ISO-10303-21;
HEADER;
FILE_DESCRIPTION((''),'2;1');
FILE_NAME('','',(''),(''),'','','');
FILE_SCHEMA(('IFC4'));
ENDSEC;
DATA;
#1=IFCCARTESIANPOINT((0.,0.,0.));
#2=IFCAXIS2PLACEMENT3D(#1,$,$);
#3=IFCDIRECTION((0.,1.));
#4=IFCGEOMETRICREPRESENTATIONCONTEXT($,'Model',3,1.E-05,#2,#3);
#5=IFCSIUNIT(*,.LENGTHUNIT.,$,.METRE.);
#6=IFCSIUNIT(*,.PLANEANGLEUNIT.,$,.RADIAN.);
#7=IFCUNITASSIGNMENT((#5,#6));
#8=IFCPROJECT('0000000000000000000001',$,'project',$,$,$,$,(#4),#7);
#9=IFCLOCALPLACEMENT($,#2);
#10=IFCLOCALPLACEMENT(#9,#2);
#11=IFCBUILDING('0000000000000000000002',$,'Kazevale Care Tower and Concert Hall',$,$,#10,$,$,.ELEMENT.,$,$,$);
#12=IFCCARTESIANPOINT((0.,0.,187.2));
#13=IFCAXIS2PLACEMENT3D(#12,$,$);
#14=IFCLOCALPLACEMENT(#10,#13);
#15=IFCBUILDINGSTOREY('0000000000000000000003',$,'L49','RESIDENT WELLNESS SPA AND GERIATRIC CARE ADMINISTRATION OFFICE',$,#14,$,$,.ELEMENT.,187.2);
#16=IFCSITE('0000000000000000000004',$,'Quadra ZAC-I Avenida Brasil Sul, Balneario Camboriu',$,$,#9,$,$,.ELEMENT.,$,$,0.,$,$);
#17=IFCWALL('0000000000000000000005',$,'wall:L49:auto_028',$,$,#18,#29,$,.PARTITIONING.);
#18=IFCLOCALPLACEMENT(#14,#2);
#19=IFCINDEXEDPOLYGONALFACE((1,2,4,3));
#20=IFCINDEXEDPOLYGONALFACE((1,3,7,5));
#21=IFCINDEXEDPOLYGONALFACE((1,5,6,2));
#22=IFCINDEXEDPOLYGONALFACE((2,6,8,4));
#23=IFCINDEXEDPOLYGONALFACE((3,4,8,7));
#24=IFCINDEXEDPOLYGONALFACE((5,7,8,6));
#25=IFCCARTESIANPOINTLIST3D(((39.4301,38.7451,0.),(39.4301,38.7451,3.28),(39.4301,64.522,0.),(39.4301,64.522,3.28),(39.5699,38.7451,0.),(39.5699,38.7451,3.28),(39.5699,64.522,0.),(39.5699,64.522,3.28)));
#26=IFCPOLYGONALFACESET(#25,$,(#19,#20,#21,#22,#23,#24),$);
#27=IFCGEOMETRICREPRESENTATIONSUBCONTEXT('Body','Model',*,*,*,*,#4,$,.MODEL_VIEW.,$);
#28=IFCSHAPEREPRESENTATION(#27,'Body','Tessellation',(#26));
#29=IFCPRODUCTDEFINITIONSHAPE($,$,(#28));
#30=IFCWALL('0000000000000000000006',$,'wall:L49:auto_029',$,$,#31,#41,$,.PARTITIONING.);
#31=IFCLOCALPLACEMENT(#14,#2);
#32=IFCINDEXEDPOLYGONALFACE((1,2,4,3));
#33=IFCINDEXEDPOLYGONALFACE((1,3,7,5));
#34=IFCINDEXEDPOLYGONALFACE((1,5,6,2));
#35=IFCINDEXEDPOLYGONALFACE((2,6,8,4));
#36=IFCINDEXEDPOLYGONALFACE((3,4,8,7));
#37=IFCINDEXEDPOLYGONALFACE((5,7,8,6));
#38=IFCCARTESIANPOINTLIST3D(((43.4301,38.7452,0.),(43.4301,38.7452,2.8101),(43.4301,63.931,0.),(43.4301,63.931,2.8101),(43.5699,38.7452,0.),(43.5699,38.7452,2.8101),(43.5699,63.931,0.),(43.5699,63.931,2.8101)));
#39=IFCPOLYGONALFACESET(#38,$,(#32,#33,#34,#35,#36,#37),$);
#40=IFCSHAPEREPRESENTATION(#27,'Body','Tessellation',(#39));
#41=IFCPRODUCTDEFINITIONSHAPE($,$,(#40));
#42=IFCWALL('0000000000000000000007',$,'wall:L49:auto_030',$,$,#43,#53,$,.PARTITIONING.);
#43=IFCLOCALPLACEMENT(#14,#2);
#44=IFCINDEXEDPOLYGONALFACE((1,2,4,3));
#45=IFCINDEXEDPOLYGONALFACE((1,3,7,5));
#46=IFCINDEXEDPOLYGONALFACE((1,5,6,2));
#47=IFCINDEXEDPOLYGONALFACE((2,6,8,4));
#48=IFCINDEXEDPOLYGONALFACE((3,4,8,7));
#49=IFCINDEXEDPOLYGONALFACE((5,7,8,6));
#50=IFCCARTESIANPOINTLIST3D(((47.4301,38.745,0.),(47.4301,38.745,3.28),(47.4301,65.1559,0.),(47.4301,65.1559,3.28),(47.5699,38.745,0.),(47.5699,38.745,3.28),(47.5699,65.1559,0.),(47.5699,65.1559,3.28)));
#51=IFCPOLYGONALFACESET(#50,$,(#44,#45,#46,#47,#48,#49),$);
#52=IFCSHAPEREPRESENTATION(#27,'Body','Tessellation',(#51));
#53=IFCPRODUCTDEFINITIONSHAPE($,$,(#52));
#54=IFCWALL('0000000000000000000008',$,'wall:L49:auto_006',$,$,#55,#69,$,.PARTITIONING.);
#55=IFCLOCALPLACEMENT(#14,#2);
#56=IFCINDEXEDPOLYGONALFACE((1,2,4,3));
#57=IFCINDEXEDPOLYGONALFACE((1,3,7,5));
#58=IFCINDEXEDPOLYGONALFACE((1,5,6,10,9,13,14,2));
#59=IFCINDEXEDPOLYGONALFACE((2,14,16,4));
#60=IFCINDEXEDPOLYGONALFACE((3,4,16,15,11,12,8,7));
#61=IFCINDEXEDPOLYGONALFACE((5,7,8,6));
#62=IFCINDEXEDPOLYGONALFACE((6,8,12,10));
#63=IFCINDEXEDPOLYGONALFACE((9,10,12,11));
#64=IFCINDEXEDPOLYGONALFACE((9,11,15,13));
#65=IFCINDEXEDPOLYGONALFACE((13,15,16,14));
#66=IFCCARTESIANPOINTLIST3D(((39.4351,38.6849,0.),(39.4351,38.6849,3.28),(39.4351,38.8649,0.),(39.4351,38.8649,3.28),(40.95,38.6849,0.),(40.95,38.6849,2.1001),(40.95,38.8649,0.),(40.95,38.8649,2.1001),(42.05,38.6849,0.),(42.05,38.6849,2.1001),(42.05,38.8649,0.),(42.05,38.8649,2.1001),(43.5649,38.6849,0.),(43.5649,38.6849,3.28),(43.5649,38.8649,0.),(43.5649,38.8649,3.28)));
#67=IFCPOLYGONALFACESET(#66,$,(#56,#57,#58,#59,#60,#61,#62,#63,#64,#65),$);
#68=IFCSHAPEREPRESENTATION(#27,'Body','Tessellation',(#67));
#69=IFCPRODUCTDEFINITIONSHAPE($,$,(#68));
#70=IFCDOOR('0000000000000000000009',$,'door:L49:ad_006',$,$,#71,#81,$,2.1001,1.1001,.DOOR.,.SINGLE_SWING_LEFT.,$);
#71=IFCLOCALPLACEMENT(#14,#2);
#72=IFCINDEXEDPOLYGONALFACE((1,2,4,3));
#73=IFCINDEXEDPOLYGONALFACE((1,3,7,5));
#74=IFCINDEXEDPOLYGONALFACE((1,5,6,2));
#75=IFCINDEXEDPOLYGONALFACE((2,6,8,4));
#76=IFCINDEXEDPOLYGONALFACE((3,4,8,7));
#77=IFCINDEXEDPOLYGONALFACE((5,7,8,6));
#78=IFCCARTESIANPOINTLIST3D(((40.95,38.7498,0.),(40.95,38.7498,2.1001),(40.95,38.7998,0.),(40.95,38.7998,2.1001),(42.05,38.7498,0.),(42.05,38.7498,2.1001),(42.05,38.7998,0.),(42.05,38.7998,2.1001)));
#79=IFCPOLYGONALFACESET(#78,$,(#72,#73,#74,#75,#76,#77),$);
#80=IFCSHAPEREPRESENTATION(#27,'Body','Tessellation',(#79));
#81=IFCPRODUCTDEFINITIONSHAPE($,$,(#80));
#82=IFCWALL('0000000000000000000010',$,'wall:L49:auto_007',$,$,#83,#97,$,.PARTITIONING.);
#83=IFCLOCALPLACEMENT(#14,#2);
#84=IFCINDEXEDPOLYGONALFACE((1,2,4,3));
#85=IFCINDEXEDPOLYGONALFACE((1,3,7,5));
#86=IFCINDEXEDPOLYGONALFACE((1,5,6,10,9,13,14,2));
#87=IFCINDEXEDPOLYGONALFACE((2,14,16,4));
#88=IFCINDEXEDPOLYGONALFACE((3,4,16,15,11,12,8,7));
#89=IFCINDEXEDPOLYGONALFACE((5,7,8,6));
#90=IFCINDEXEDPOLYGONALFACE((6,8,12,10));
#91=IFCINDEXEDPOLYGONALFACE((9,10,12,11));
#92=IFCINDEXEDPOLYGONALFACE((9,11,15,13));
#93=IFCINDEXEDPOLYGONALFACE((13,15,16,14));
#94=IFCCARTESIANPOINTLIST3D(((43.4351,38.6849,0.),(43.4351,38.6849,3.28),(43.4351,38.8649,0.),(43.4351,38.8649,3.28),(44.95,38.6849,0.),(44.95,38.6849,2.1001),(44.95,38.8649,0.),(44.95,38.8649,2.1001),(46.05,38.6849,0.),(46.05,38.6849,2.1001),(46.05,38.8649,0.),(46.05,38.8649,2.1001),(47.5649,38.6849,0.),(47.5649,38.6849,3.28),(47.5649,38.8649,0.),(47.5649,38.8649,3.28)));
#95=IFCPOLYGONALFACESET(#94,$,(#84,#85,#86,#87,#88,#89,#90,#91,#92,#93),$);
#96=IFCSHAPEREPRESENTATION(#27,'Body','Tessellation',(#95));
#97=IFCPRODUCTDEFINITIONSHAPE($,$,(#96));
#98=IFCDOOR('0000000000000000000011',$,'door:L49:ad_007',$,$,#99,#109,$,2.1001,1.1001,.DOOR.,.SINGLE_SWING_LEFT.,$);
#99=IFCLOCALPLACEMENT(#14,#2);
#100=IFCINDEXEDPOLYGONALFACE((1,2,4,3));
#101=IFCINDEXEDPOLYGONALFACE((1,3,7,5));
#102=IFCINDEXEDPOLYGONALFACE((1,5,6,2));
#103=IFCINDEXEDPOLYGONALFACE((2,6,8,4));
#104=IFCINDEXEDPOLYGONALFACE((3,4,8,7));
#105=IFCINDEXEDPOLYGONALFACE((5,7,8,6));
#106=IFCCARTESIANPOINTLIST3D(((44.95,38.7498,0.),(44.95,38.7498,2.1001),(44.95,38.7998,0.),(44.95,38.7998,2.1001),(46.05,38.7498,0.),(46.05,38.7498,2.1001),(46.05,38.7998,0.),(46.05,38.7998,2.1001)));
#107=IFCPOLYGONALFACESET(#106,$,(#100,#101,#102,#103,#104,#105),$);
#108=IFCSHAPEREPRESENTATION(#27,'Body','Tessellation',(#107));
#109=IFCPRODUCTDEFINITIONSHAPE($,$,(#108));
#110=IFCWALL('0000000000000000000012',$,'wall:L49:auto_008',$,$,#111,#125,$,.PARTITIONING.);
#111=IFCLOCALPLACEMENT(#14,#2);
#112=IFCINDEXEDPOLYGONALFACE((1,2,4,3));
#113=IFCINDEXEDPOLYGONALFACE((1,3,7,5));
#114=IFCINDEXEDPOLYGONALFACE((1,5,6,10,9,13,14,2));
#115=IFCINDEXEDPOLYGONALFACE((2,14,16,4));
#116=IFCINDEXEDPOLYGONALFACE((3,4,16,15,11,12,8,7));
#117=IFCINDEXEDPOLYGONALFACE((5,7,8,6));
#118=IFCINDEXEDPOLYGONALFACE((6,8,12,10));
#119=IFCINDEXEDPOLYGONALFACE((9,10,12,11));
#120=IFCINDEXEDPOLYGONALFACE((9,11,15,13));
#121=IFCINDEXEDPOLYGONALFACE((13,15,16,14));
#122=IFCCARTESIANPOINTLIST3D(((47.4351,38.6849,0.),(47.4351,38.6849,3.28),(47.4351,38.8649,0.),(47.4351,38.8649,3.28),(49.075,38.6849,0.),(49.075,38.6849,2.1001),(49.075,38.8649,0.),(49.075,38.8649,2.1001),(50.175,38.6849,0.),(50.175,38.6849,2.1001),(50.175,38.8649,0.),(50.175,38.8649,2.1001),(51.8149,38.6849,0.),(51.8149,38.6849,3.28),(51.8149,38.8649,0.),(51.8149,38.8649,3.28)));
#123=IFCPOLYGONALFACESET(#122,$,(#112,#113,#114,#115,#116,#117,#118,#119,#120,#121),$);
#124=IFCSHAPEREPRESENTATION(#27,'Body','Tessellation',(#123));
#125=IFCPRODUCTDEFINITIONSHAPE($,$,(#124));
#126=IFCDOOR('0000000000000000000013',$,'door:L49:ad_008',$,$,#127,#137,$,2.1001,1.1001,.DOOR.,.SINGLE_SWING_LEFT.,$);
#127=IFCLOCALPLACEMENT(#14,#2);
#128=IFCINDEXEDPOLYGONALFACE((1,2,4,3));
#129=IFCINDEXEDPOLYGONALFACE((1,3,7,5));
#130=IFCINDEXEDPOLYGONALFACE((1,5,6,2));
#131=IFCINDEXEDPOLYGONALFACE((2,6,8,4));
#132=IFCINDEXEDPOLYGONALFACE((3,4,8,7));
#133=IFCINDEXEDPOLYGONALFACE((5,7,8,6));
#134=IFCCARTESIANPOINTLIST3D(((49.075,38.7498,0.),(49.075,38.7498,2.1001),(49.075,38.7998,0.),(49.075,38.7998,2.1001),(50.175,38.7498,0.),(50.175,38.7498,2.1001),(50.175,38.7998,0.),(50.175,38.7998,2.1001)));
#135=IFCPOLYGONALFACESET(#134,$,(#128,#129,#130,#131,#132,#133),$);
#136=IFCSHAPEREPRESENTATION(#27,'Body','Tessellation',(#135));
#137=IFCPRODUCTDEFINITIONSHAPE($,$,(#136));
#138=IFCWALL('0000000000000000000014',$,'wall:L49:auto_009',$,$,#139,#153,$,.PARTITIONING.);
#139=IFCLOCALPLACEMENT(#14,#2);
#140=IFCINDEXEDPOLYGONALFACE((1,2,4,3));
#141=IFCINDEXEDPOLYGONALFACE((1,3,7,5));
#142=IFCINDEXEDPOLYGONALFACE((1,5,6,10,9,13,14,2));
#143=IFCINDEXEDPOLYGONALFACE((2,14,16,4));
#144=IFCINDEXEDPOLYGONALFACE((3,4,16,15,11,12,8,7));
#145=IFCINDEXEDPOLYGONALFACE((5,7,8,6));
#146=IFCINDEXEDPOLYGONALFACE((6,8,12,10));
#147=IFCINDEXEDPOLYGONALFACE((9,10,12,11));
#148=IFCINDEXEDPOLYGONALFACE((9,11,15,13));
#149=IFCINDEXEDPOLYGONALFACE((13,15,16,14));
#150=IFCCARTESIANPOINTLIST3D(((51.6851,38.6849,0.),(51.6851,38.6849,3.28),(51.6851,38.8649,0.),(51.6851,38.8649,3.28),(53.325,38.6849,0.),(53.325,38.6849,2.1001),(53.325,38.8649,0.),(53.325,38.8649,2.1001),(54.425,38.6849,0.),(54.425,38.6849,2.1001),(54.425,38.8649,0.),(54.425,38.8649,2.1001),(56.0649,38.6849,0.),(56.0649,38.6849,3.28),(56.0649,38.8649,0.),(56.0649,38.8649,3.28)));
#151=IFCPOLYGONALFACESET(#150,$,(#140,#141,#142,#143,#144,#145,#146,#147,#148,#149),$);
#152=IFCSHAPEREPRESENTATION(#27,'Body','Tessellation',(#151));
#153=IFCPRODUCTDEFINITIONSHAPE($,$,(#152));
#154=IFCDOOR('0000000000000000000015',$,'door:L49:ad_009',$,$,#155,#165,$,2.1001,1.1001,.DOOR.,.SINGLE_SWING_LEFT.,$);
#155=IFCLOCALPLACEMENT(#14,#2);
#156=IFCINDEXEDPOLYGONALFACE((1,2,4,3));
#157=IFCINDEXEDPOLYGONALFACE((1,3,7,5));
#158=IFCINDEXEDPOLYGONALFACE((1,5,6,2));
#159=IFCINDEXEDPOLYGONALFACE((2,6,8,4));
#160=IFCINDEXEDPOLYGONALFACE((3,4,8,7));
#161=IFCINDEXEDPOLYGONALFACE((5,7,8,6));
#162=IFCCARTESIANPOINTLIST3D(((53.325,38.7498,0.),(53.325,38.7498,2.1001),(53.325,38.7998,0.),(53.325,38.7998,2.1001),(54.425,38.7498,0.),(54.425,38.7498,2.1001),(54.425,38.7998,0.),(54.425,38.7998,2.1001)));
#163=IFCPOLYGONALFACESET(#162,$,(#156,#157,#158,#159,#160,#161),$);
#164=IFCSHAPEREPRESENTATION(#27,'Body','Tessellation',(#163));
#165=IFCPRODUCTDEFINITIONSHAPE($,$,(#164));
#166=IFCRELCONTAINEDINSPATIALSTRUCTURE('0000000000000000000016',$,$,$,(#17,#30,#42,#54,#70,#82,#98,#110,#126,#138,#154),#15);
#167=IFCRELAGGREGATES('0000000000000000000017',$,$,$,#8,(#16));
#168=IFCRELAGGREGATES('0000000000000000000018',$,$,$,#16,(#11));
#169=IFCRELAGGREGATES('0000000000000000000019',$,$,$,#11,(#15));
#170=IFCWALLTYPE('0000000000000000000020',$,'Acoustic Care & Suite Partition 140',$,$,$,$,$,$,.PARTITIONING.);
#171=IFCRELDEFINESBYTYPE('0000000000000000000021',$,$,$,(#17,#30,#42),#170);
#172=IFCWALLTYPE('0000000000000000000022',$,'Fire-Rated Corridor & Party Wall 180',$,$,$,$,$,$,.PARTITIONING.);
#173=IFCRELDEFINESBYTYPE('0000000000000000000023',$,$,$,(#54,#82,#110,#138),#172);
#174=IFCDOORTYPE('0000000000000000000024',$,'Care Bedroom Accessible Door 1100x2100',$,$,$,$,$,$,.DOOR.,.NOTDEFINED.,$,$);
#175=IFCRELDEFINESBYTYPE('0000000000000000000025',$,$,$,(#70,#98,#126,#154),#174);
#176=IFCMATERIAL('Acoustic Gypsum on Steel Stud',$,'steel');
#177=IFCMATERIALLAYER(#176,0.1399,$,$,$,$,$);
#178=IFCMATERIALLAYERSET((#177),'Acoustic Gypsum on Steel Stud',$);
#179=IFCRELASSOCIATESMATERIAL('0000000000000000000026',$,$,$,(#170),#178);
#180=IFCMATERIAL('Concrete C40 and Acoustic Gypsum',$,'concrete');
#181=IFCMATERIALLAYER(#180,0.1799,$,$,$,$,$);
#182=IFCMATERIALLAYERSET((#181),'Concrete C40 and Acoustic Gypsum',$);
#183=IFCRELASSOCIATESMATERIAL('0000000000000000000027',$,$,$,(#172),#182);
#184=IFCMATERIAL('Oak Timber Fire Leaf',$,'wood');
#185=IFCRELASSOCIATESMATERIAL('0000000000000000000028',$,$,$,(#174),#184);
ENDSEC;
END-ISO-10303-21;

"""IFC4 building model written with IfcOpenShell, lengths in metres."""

from ifc_helpers import new_model, si_unit, direction, frame, frame_2d, origin, place, context, subcontext, project, spatial, rectangle, extrude, material, layer, layer_set, type_object, element, fill, save


model = new_model("IFC4")

# Units and contexts
model_context = context("Model", 3, precision=1e-05, world=origin(), true_north=direction((0.0, 1.0)))
body_context = subcontext(model_context, "Body", "Model", "MODEL_VIEW")
ifc_project = project(units=[si_unit("LENGTHUNIT", "METRE"), si_unit("PLANEANGLEUNIT", "RADIAN")], contexts=[model_context])

# Site, building, storey
site_placement = place(None, origin())
site = spatial("IfcSite", under=ifc_project, at=site_placement, Name="Quadra ZAC-I Avenida Brasil Sul, Balneario Camboriu", CompositionType="ELEMENT", RefElevation=0.0)
building_placement = place(site_placement, origin())
building = spatial("IfcBuilding", under=site, at=building_placement, Name="Kazevale Care Tower and Concert Hall", CompositionType="ELEMENT")
storey_placement = place(building_placement, frame((0.0, 0.0, 187.2)))
storey = spatial("IfcBuildingStorey", under=building, at=storey_placement, Name="L49", Description="RESIDENT WELLNESS SPA AND GERIATRIC CARE ADMINISTRATION OFFICE", CompositionType="ELEMENT", Elevation=187.2)

# Walls
ifc_material_1 = material(Name="Acoustic Gypsum on Steel Stud", Category="steel")
ifc_layer_1 = layer(ifc_material_1, 0.1399)
ifc_layer_set_1 = layer_set([ifc_layer_1], Name="Acoustic Gypsum on Steel Stud")
wall_type_1 = type_object("IfcWallType", Name="Acoustic Care & Suite Partition 140", PredefinedType="PARTITIONING", material=ifc_layer_set_1)
wall_1_placement = place(storey_placement, frame((39.5, 64.522, 0.0), z_axis=(0.0, 0.0, 1.0), x_axis=(0.0, -1.0, 0.0)))
element("IfcWall", 1, at=wall_1_placement, inside=storey, type_object=wall_type_1, Name="wall:L49:auto_028", PredefinedType="PARTITIONING", context=body_context, shape_type="SweptSolid", body=[
    extrude(rectangle(XDim=25.7769, YDim=0.1399, at=frame_2d((12.8884, 0.0))), origin(), (0.0, 0.0, 1.0), 3.28),
])
wall_2_placement = place(storey_placement, frame((43.5, 63.9309, 0.0), z_axis=(0.0, 0.0, 1.0), x_axis=(0.0, -1.0, 0.0)))
element("IfcWall", 2, at=wall_2_placement, inside=storey, type_object=wall_type_1, Name="wall:L49:auto_029", PredefinedType="PARTITIONING", context=body_context, shape_type="SweptSolid", body=[
    extrude(rectangle(XDim=25.1858, YDim=0.1399, at=frame_2d((12.5928, 0.0))), origin(), (0.0, 0.0, 1.0), 2.8101),
])
wall_3_placement = place(storey_placement, frame((47.5, 65.156, 0.0), z_axis=(0.0, 0.0, 1.0), x_axis=(0.0, -1.0, 0.0)))
element("IfcWall", 3, at=wall_3_placement, inside=storey, type_object=wall_type_1, Name="wall:L49:auto_030", PredefinedType="PARTITIONING", context=body_context, shape_type="SweptSolid", body=[
    extrude(rectangle(XDim=26.4109, YDim=0.1399, at=frame_2d((13.2056, 0.0))), origin(), (0.0, 0.0, 1.0), 3.28),
])

# Walls, openings, doors
ifc_material_2 = material(Name="Concrete C40 and Acoustic Gypsum", Category="concrete")
ifc_layer_2 = layer(ifc_material_2, 0.1799)
ifc_layer_set_2 = layer_set([ifc_layer_2], Name="Concrete C40 and Acoustic Gypsum")
wall_type_2 = type_object("IfcWallType", Name="Fire-Rated Corridor & Party Wall 180", PredefinedType="PARTITIONING", material=ifc_layer_set_2)
wall_4_placement = place(storey_placement, frame((39.4351, 38.7749, 0.0), z_axis=(0.0, 0.0, 1.0), x_axis=(1.0, 0.0, 0.0)))
wall_4 = element("IfcWall", 4, at=wall_4_placement, inside=storey, type_object=wall_type_2, Name="wall:L49:auto_006", PredefinedType="PARTITIONING", context=body_context, shape_type="SweptSolid", body=[
    extrude(rectangle(XDim=4.1299, YDim=0.1799, at=frame_2d((2.0649, 0.0))), origin(), (0.0, 0.0, 1.0), 3.28),
])
opening_1_placement = place(wall_4_placement, frame((1.5149, 0.0, 0.0)))
opening_1 = element("IfcOpeningElement", 5, at=opening_1_placement, cuts=wall_4, PredefinedType="OPENING", context=body_context, shape_type="SweptSolid", body=[
    extrude(rectangle(XDim=1.1001, YDim=2.1001, at=frame_2d((0.55, 1.05))), frame((0.0, 0.0999, 0.0), z_axis=(0.0, -1.0, 0.0), x_axis=(1.0, 0.0, 0.0)), (0.0, 0.0, 1.0), 0.2),
])
ifc_material_3 = material(Name="Oak Timber Fire Leaf", Category="wood")
door_type = type_object("IfcDoorType", Name="Care Bedroom Accessible Door 1100x2100", OperationType="NOTDEFINED", PredefinedType="DOOR", material=ifc_material_3)
door_1_placement = place(opening_1_placement, origin())
door_1 = element("IfcDoor", 6, at=door_1_placement, inside=storey, type_object=door_type, Name="door:L49:ad_006", OperationType="SINGLE_SWING_LEFT", OverallHeight=2.1001, OverallWidth=1.1001, PredefinedType="DOOR", context=body_context, shape_type="SweptSolid", body=[
    extrude(rectangle(XDim=1.1001, YDim=2.1001, at=frame_2d((0.55, 1.05))), frame((0.0, 0.0249, 0.0), z_axis=(0.0, -1.0, 0.0), x_axis=(1.0, 0.0, 0.0)), (0.0, 0.0, 1.0), 0.05),
])
fill(opening_1, door_1)
wall_5_placement = place(storey_placement, frame((43.4351, 38.7749, 0.0), z_axis=(0.0, 0.0, 1.0), x_axis=(1.0, 0.0, 0.0)))
wall_5 = element("IfcWall", 7, at=wall_5_placement, inside=storey, type_object=wall_type_2, Name="wall:L49:auto_007", PredefinedType="PARTITIONING", context=body_context, shape_type="SweptSolid", body=[
    extrude(rectangle(XDim=4.1299, YDim=0.1799, at=frame_2d((2.0649, 0.0))), origin(), (0.0, 0.0, 1.0), 3.28),
])
opening_2_placement = place(wall_5_placement, frame((1.5149, 0.0, 0.0)))
opening_2 = element("IfcOpeningElement", 8, at=opening_2_placement, cuts=wall_5, PredefinedType="OPENING", context=body_context, shape_type="SweptSolid", body=[
    extrude(rectangle(XDim=1.1001, YDim=2.1001, at=frame_2d((0.55, 1.05))), frame((0.0, 0.0999, 0.0), z_axis=(0.0, -1.0, 0.0), x_axis=(1.0, 0.0, 0.0)), (0.0, 0.0, 1.0), 0.2),
])
door_2_placement = place(opening_2_placement, origin())
door_2 = element("IfcDoor", 9, at=door_2_placement, inside=storey, type_object=door_type, Name="door:L49:ad_007", OperationType="SINGLE_SWING_LEFT", OverallHeight=2.1001, OverallWidth=1.1001, PredefinedType="DOOR", context=body_context, shape_type="SweptSolid", body=[
    extrude(rectangle(XDim=1.1001, YDim=2.1001, at=frame_2d((0.55, 1.05))), frame((0.0, 0.0249, 0.0), z_axis=(0.0, -1.0, 0.0), x_axis=(1.0, 0.0, 0.0)), (0.0, 0.0, 1.0), 0.05),
])
fill(opening_2, door_2)
wall_6_placement = place(storey_placement, frame((47.4351, 38.7749, 0.0), z_axis=(0.0, 0.0, 1.0), x_axis=(1.0, 0.0, 0.0)))
wall_6 = element("IfcWall", 10, at=wall_6_placement, inside=storey, type_object=wall_type_2, Name="wall:L49:auto_008", PredefinedType="PARTITIONING", context=body_context, shape_type="SweptSolid", body=[
    extrude(rectangle(XDim=4.3799, YDim=0.1799, at=frame_2d((2.1899, 0.0))), origin(), (0.0, 0.0, 1.0), 3.28),
])
opening_3_placement = place(wall_6_placement, frame((1.6399, 0.0, 0.0)))
opening_3 = element("IfcOpeningElement", 11, at=opening_3_placement, cuts=wall_6, PredefinedType="OPENING", context=body_context, shape_type="SweptSolid", body=[
    extrude(rectangle(XDim=1.1001, YDim=2.1001, at=frame_2d((0.55, 1.05))), frame((0.0, 0.0999, 0.0), z_axis=(0.0, -1.0, 0.0), x_axis=(1.0, 0.0, 0.0)), (0.0, 0.0, 1.0), 0.2),
])
door_3_placement = place(opening_3_placement, origin())
door_3 = element("IfcDoor", 12, at=door_3_placement, inside=storey, type_object=door_type, Name="door:L49:ad_008", OperationType="SINGLE_SWING_LEFT", OverallHeight=2.1001, OverallWidth=1.1001, PredefinedType="DOOR", context=body_context, shape_type="SweptSolid", body=[
    extrude(rectangle(XDim=1.1001, YDim=2.1001, at=frame_2d((0.55, 1.05))), frame((0.0, 0.0249, 0.0), z_axis=(0.0, -1.0, 0.0), x_axis=(1.0, 0.0, 0.0)), (0.0, 0.0, 1.0), 0.05),
])
fill(opening_3, door_3)
wall_7_placement = place(storey_placement, frame((51.6851, 38.7749, 0.0), z_axis=(0.0, 0.0, 1.0), x_axis=(1.0, 0.0, 0.0)))
wall_7 = element("IfcWall", 13, at=wall_7_placement, inside=storey, type_object=wall_type_2, Name="wall:L49:auto_009", PredefinedType="PARTITIONING", context=body_context, shape_type="SweptSolid", body=[
    extrude(rectangle(XDim=4.3799, YDim=0.1799, at=frame_2d((2.1899, 0.0))), origin(), (0.0, 0.0, 1.0), 3.28),
])
opening_4_placement = place(wall_7_placement, frame((1.6399, 0.0, 0.0)))
opening_4 = element("IfcOpeningElement", 14, at=opening_4_placement, cuts=wall_7, PredefinedType="OPENING", context=body_context, shape_type="SweptSolid", body=[
    extrude(rectangle(XDim=1.1001, YDim=2.1001, at=frame_2d((0.55, 1.05))), frame((0.0, 0.0999, 0.0), z_axis=(0.0, -1.0, 0.0), x_axis=(1.0, 0.0, 0.0)), (0.0, 0.0, 1.0), 0.2),
])
door_4_placement = place(opening_4_placement, origin())
door_4 = element("IfcDoor", 15, at=door_4_placement, inside=storey, type_object=door_type, Name="door:L49:ad_009", OperationType="SINGLE_SWING_LEFT", OverallHeight=2.1001, OverallWidth=1.1001, PredefinedType="DOOR", context=body_context, shape_type="SweptSolid", body=[
    extrude(rectangle(XDim=1.1001, YDim=2.1001, at=frame_2d((0.55, 1.05))), frame((0.0, 0.0249, 0.0), z_axis=(0.0, -1.0, 0.0), x_axis=(1.0, 0.0, 0.0)), (0.0, 0.0, 1.0), 0.05),
])
fill(opening_4, door_4)

save(model, "model.ifc")
